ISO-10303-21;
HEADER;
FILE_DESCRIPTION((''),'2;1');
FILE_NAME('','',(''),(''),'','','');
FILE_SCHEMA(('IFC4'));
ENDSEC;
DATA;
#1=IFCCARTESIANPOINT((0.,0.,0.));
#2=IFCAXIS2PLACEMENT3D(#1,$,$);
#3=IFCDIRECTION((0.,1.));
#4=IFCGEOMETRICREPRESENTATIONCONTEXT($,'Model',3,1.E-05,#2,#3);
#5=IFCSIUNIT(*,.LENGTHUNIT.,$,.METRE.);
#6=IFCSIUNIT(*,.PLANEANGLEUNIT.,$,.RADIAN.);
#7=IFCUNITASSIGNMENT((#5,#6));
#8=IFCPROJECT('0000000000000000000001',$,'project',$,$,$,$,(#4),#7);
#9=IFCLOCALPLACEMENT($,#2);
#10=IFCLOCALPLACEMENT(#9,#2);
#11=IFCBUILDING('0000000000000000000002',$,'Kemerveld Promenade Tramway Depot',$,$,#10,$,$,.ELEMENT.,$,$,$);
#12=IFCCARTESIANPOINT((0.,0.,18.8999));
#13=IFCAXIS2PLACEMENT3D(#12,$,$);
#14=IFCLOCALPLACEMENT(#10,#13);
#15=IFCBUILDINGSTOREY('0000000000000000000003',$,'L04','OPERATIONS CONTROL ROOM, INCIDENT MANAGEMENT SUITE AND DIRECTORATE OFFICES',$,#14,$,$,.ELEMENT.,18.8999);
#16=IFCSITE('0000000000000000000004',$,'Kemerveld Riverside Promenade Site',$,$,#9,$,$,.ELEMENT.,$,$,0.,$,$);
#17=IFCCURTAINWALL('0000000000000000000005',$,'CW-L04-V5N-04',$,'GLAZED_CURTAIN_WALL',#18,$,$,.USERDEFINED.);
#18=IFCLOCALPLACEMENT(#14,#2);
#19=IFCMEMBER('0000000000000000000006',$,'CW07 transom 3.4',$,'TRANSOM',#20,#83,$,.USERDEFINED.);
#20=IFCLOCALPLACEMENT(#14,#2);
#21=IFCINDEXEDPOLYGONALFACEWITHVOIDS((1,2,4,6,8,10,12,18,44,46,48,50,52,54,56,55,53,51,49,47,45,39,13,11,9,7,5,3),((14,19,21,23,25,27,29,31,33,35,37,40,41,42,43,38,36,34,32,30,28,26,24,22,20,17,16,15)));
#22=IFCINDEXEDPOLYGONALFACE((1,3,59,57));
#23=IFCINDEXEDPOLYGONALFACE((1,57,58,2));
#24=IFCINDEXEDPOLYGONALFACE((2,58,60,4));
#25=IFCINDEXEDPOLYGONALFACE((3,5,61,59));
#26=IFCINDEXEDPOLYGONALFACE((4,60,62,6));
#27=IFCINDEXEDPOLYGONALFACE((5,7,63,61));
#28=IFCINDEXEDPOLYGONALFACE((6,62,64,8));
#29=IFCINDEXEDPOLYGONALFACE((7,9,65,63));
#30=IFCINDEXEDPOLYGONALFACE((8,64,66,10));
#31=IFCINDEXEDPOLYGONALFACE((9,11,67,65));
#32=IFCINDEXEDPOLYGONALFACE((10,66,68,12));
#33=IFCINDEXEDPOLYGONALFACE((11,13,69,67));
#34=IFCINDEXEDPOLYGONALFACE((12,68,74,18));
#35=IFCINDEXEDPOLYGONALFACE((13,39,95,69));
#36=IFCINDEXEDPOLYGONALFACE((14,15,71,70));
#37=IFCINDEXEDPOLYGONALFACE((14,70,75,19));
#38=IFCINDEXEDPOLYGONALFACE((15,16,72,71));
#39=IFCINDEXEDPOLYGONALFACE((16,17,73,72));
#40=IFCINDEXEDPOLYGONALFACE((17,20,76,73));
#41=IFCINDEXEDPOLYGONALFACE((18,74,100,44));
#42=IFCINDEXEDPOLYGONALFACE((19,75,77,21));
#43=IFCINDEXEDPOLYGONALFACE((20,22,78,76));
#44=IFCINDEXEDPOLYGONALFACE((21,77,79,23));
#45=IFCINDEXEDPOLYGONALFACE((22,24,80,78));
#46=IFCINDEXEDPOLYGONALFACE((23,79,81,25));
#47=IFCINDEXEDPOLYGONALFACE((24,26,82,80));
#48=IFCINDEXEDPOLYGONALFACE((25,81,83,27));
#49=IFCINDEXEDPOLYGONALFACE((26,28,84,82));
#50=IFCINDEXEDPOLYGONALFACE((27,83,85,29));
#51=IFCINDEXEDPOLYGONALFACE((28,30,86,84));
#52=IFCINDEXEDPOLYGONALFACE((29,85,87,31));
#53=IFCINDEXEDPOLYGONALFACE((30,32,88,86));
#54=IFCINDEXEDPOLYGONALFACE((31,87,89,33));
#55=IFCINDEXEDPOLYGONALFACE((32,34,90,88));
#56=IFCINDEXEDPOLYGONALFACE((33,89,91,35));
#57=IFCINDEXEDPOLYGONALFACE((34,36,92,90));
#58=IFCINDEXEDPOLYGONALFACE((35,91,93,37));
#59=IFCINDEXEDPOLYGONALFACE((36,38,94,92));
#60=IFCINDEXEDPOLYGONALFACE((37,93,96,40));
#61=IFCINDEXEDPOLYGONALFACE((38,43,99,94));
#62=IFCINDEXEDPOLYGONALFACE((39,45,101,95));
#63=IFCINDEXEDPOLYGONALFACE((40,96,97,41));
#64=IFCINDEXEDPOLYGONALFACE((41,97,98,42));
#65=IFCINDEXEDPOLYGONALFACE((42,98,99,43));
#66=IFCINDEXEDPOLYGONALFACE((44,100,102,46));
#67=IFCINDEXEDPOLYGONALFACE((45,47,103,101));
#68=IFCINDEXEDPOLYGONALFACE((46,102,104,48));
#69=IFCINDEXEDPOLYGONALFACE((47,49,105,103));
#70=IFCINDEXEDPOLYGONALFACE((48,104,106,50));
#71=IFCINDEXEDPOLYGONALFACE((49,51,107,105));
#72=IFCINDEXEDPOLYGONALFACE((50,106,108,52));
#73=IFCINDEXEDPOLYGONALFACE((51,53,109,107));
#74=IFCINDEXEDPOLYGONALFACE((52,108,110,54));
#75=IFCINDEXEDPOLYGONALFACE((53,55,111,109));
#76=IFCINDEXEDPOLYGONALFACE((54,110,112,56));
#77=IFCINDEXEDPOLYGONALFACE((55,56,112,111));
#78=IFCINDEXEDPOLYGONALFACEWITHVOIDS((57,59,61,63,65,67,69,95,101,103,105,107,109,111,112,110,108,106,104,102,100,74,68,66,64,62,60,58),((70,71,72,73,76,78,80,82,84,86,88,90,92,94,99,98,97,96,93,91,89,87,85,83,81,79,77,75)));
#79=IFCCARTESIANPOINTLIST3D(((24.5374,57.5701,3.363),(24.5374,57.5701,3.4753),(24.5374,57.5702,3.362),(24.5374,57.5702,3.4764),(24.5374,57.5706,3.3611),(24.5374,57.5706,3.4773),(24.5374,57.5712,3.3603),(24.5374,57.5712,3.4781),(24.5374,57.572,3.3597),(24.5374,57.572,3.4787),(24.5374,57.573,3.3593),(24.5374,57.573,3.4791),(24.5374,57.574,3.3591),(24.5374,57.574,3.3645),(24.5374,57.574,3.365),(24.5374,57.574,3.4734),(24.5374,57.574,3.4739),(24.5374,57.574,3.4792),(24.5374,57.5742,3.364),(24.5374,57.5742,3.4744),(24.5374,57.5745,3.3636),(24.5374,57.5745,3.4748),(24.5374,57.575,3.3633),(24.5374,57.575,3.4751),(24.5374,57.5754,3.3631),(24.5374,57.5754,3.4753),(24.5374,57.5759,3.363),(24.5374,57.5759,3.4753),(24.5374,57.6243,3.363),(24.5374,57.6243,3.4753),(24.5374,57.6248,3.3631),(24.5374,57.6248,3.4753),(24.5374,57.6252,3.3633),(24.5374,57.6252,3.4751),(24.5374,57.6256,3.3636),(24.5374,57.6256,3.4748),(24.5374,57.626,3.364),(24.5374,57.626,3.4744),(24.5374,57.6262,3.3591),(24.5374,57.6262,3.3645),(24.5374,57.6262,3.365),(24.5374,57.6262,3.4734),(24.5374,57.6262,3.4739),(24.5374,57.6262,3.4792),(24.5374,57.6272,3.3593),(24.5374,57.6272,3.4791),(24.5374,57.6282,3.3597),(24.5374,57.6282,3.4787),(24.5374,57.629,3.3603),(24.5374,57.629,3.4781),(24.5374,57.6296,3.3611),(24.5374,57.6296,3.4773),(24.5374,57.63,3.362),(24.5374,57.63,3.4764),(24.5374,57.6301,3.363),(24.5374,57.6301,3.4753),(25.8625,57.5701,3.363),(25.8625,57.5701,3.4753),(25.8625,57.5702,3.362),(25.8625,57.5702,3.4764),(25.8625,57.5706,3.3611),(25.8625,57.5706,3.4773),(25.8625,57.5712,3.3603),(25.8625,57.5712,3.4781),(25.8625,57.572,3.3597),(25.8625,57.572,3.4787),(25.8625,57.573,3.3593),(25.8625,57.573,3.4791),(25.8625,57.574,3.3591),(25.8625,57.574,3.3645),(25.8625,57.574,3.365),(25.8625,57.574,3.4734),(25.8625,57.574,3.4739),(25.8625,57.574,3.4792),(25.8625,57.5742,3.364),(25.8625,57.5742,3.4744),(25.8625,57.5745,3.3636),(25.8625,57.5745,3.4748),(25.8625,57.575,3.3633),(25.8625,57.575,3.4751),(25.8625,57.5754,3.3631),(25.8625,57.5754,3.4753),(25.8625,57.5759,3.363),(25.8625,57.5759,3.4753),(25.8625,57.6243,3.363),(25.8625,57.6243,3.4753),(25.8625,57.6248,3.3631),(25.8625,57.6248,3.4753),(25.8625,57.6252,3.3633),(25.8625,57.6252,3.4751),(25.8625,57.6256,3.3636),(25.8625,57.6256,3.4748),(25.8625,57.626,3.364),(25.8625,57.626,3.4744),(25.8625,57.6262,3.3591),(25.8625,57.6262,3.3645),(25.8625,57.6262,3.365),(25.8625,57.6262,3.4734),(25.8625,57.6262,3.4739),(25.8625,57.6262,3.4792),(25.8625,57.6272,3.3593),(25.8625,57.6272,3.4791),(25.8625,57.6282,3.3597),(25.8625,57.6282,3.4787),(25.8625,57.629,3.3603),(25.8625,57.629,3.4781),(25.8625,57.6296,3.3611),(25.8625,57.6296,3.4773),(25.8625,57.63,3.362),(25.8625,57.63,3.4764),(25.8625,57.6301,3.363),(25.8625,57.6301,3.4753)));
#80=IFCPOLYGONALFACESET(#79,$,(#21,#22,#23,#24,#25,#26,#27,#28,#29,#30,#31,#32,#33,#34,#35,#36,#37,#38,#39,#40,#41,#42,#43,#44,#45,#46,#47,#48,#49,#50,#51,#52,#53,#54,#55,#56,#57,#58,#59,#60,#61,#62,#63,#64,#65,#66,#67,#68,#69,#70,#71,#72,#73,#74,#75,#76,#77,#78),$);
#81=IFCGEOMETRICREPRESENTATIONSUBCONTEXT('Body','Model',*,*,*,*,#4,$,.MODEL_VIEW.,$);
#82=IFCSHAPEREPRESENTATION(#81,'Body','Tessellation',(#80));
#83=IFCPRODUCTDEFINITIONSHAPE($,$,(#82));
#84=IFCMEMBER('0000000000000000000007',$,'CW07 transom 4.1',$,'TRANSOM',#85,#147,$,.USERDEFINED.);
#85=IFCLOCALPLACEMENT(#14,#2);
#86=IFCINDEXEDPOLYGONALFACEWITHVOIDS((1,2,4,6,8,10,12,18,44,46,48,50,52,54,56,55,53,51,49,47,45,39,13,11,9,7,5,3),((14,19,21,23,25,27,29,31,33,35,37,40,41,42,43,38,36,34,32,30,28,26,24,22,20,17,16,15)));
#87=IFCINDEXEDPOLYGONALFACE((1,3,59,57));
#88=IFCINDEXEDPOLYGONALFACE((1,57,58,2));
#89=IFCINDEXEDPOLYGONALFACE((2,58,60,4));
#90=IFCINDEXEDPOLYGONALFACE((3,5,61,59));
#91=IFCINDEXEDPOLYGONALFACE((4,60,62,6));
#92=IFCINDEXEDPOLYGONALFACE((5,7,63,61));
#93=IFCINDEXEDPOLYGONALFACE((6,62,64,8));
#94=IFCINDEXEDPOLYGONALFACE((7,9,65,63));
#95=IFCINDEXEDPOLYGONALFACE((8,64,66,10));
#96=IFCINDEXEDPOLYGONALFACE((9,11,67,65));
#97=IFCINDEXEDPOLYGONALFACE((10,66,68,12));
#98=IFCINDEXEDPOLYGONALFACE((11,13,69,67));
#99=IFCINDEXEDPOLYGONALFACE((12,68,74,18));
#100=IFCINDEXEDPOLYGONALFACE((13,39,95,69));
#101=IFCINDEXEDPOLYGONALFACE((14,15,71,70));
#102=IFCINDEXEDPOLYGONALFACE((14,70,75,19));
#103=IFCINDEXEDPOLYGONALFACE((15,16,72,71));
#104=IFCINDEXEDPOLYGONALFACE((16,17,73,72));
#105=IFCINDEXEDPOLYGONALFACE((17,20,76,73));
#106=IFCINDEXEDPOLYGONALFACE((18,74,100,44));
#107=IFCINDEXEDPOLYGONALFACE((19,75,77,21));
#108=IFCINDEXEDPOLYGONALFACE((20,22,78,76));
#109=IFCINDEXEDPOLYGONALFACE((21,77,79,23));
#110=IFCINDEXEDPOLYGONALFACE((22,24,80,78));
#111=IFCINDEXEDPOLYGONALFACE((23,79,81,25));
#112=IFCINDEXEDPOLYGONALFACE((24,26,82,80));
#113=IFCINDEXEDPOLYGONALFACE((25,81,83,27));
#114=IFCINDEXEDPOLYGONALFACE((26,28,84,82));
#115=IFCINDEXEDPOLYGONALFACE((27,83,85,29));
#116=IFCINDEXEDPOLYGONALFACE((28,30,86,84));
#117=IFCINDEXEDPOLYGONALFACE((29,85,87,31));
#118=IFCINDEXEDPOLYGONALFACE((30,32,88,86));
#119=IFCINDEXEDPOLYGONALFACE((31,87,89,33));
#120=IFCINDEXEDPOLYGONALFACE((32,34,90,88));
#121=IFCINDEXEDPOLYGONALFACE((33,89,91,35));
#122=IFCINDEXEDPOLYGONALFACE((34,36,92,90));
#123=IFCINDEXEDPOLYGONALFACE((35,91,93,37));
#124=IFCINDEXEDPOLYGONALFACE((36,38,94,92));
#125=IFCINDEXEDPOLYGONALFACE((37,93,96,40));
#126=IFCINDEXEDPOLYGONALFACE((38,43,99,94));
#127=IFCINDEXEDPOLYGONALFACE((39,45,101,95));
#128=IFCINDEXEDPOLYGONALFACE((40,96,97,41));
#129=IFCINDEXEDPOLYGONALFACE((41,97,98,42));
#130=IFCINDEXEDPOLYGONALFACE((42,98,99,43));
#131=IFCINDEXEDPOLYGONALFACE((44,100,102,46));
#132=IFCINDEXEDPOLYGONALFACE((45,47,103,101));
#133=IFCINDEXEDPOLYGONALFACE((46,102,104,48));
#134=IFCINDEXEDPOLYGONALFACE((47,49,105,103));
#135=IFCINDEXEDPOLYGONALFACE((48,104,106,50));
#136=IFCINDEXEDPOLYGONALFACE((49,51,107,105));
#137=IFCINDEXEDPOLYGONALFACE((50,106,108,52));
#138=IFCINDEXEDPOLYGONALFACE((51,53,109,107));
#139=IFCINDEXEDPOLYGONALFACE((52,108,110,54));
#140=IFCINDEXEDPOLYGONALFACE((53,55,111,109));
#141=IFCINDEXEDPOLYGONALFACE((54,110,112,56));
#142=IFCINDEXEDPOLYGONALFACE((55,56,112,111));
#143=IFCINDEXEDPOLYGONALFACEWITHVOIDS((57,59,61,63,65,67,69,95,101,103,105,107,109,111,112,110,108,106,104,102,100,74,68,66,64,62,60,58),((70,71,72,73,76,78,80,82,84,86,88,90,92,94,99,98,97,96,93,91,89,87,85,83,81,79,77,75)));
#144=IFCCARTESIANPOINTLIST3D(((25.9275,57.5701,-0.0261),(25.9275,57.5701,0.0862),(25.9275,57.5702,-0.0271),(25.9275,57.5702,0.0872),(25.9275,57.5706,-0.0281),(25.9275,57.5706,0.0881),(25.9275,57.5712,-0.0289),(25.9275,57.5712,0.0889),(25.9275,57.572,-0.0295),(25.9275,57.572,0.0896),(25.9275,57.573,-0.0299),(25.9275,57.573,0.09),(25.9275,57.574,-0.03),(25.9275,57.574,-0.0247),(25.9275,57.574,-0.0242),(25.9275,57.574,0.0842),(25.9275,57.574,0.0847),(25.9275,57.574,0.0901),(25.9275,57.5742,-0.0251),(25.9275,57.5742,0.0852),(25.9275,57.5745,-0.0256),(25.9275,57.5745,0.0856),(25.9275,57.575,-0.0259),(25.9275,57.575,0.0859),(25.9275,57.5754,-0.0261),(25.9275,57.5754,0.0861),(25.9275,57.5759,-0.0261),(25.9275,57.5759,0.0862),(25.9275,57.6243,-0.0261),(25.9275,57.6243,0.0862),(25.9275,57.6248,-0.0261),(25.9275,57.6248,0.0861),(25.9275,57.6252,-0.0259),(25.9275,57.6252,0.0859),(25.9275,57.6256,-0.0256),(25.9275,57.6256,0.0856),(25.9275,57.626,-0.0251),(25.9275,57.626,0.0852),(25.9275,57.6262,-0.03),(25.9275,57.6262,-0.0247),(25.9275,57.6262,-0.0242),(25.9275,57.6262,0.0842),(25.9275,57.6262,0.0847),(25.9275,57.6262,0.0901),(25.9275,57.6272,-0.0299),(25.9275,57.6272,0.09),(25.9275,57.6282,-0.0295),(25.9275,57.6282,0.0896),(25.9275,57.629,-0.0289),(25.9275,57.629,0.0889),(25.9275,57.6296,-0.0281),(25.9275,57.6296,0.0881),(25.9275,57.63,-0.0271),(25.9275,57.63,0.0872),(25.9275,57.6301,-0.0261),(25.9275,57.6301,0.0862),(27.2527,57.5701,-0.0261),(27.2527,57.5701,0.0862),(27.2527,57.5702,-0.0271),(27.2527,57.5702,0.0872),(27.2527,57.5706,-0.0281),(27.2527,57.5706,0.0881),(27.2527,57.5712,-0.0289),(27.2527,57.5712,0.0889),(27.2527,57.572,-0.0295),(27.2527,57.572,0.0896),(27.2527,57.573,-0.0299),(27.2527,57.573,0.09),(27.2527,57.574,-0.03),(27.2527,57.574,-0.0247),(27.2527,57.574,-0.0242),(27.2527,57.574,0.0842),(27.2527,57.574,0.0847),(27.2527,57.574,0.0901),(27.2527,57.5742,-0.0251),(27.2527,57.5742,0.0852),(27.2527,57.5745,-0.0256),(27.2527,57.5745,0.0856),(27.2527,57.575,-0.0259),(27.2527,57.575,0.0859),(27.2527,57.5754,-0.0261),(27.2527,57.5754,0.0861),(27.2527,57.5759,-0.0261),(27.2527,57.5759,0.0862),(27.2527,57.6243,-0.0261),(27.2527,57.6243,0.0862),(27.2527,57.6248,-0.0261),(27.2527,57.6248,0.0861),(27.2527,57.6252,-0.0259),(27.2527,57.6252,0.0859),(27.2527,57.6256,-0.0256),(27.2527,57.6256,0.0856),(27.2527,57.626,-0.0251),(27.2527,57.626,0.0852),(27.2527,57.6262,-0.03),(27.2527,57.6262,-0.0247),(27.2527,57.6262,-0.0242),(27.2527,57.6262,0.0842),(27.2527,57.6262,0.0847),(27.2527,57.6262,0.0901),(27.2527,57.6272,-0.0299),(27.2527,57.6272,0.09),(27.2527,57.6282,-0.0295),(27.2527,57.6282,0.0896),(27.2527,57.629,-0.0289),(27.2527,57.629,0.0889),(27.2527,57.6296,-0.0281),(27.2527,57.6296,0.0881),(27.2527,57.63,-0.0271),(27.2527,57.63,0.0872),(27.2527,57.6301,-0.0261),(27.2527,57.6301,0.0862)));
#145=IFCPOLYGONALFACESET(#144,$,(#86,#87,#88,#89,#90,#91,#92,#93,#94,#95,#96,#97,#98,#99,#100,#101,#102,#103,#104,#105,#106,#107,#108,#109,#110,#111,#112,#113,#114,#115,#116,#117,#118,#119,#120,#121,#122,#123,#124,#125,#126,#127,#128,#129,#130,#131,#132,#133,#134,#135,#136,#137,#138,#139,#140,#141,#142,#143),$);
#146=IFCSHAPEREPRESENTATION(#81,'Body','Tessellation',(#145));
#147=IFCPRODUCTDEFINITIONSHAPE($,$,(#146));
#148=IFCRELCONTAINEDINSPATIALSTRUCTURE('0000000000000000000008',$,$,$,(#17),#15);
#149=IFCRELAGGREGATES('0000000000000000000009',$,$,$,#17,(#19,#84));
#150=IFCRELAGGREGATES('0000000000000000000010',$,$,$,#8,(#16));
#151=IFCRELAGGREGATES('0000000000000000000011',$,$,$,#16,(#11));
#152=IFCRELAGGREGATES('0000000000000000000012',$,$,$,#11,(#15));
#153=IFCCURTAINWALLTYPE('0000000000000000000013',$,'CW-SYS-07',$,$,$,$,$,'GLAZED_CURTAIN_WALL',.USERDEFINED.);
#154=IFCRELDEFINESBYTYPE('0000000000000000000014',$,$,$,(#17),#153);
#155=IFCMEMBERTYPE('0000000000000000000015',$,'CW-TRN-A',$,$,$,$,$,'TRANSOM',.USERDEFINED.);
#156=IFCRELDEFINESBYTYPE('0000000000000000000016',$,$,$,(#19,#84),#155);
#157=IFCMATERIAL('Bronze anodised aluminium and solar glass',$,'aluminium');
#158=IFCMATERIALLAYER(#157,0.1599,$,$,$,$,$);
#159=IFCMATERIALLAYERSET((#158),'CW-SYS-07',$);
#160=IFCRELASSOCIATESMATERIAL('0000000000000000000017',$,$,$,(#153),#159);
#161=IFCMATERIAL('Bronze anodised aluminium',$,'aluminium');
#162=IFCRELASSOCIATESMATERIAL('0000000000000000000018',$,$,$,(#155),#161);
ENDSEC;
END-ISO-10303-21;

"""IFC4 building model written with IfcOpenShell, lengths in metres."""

from ifc_helpers import new_model, si_unit, direction, frame, origin, origin_2d, place, context, subcontext, project, spatial, hollow_rectangle, extrude, material, layer, layer_set, material_profile, profile_set, type_object, element, aggregate, save


model = new_model("IFC4")

# Units and contexts
model_context = context("Model", 3, precision=1e-05, world=origin(), true_north=direction((0.0, 1.0)))
body_context = subcontext(model_context, "Body", "Model", "MODEL_VIEW")
ifc_project = project(units=[si_unit("LENGTHUNIT", "METRE"), si_unit("PLANEANGLEUNIT", "RADIAN")], contexts=[model_context])

# Site, building, storey
site_placement = place(None, origin())
site = spatial("IfcSite", under=ifc_project, at=site_placement, Name="Kemerveld Riverside Promenade Site", CompositionType="ELEMENT", RefElevation=0.0)
building_placement = place(site_placement, origin())
building = spatial("IfcBuilding", under=site, at=building_placement, Name="Kemerveld Promenade Tramway Depot", CompositionType="ELEMENT")
storey_placement = place(building_placement, frame((0.0, 0.0, 18.8999)))
storey = spatial("IfcBuildingStorey", under=building, at=storey_placement, Name="L04", Description="OPERATIONS CONTROL ROOM, INCIDENT MANAGEMENT SUITE AND DIRECTORATE OFFICES", CompositionType="ELEMENT", Elevation=18.8999)

# Curtain wall, members
ifc_material_1 = material(Name="Bronze anodised aluminium and solar glass", Category="aluminium")
ifc_layer_1 = layer(ifc_material_1, 0.1599)
ifc_layer_set_1 = layer_set([ifc_layer_1], Name="CW-SYS-07")
curtain_wall_type = type_object("IfcCurtainWallType", Name="CW-SYS-07", ElementType="GLAZED_CURTAIN_WALL", PredefinedType="USERDEFINED", material=ifc_layer_set_1)
curtain_wall_placement = place(storey_placement, origin())
curtain_wall = element("IfcCurtainWall", 1, at=curtain_wall_placement, inside=storey, type_object=curtain_wall_type, Name="CW-L04-V5N-04", ObjectType="GLAZED_CURTAIN_WALL", PredefinedType="USERDEFINED")
ifc_material_2 = material(Name="Bronze anodised aluminium", Category="aluminium")
ifc_material_profile_1 = material_profile(ifc_material_2, hollow_rectangle(XDim=0.0601, YDim=0.1201, WallThickness=0.0039, InnerFilletRadius=0.002, OuterFilletRadius=0.0039, at=origin_2d()), Name="CW-TRN-120x60")
ifc_profile_set_1 = profile_set([ifc_material_profile_1], Name="Bronze anodised aluminium")
member_type_1 = type_object("IfcMemberType", Name="CW-TRN-A", ElementType="TRANSOM", PredefinedType="USERDEFINED", material=ifc_profile_set_1)
member_1_placement = place(storey_placement, frame((24.5374, 57.6001, 3.4192), z_axis=(1.0, 0.0, 0.0), x_axis=(0.0, 1.0, 0.0)))
member_1 = element("IfcMember", 2, at=member_1_placement, type_object=member_type_1, Name="CW07 transom 3.4", ObjectType="TRANSOM", PredefinedType="USERDEFINED", context=body_context, shape_type="SweptSolid", body=[
    extrude(hollow_rectangle(XDim=0.0601, YDim=0.1201, WallThickness=0.0039, InnerFilletRadius=0.002, OuterFilletRadius=0.0039, at=origin_2d()), origin(), (0.0, 0.0, 1.0), 1.3252),
])
member_2_placement = place(storey_placement, frame((25.9275, 57.6001, 0.03), z_axis=(1.0, 0.0, 0.0), x_axis=(0.0, 1.0, 0.0)))
member_2 = element("IfcMember", 3, at=member_2_placement, type_object=member_type_1, Name="CW07 transom 4.1", ObjectType="TRANSOM", PredefinedType="USERDEFINED", context=body_context, shape_type="SweptSolid", body=[
    extrude(hollow_rectangle(XDim=0.0601, YDim=0.1201, WallThickness=0.0039, InnerFilletRadius=0.002, OuterFilletRadius=0.0039, at=origin_2d()), origin(), (0.0, 0.0, 1.0), 1.3252),
])
aggregate(curtain_wall, [member_1, member_2])

save(model, "model.ifc")
